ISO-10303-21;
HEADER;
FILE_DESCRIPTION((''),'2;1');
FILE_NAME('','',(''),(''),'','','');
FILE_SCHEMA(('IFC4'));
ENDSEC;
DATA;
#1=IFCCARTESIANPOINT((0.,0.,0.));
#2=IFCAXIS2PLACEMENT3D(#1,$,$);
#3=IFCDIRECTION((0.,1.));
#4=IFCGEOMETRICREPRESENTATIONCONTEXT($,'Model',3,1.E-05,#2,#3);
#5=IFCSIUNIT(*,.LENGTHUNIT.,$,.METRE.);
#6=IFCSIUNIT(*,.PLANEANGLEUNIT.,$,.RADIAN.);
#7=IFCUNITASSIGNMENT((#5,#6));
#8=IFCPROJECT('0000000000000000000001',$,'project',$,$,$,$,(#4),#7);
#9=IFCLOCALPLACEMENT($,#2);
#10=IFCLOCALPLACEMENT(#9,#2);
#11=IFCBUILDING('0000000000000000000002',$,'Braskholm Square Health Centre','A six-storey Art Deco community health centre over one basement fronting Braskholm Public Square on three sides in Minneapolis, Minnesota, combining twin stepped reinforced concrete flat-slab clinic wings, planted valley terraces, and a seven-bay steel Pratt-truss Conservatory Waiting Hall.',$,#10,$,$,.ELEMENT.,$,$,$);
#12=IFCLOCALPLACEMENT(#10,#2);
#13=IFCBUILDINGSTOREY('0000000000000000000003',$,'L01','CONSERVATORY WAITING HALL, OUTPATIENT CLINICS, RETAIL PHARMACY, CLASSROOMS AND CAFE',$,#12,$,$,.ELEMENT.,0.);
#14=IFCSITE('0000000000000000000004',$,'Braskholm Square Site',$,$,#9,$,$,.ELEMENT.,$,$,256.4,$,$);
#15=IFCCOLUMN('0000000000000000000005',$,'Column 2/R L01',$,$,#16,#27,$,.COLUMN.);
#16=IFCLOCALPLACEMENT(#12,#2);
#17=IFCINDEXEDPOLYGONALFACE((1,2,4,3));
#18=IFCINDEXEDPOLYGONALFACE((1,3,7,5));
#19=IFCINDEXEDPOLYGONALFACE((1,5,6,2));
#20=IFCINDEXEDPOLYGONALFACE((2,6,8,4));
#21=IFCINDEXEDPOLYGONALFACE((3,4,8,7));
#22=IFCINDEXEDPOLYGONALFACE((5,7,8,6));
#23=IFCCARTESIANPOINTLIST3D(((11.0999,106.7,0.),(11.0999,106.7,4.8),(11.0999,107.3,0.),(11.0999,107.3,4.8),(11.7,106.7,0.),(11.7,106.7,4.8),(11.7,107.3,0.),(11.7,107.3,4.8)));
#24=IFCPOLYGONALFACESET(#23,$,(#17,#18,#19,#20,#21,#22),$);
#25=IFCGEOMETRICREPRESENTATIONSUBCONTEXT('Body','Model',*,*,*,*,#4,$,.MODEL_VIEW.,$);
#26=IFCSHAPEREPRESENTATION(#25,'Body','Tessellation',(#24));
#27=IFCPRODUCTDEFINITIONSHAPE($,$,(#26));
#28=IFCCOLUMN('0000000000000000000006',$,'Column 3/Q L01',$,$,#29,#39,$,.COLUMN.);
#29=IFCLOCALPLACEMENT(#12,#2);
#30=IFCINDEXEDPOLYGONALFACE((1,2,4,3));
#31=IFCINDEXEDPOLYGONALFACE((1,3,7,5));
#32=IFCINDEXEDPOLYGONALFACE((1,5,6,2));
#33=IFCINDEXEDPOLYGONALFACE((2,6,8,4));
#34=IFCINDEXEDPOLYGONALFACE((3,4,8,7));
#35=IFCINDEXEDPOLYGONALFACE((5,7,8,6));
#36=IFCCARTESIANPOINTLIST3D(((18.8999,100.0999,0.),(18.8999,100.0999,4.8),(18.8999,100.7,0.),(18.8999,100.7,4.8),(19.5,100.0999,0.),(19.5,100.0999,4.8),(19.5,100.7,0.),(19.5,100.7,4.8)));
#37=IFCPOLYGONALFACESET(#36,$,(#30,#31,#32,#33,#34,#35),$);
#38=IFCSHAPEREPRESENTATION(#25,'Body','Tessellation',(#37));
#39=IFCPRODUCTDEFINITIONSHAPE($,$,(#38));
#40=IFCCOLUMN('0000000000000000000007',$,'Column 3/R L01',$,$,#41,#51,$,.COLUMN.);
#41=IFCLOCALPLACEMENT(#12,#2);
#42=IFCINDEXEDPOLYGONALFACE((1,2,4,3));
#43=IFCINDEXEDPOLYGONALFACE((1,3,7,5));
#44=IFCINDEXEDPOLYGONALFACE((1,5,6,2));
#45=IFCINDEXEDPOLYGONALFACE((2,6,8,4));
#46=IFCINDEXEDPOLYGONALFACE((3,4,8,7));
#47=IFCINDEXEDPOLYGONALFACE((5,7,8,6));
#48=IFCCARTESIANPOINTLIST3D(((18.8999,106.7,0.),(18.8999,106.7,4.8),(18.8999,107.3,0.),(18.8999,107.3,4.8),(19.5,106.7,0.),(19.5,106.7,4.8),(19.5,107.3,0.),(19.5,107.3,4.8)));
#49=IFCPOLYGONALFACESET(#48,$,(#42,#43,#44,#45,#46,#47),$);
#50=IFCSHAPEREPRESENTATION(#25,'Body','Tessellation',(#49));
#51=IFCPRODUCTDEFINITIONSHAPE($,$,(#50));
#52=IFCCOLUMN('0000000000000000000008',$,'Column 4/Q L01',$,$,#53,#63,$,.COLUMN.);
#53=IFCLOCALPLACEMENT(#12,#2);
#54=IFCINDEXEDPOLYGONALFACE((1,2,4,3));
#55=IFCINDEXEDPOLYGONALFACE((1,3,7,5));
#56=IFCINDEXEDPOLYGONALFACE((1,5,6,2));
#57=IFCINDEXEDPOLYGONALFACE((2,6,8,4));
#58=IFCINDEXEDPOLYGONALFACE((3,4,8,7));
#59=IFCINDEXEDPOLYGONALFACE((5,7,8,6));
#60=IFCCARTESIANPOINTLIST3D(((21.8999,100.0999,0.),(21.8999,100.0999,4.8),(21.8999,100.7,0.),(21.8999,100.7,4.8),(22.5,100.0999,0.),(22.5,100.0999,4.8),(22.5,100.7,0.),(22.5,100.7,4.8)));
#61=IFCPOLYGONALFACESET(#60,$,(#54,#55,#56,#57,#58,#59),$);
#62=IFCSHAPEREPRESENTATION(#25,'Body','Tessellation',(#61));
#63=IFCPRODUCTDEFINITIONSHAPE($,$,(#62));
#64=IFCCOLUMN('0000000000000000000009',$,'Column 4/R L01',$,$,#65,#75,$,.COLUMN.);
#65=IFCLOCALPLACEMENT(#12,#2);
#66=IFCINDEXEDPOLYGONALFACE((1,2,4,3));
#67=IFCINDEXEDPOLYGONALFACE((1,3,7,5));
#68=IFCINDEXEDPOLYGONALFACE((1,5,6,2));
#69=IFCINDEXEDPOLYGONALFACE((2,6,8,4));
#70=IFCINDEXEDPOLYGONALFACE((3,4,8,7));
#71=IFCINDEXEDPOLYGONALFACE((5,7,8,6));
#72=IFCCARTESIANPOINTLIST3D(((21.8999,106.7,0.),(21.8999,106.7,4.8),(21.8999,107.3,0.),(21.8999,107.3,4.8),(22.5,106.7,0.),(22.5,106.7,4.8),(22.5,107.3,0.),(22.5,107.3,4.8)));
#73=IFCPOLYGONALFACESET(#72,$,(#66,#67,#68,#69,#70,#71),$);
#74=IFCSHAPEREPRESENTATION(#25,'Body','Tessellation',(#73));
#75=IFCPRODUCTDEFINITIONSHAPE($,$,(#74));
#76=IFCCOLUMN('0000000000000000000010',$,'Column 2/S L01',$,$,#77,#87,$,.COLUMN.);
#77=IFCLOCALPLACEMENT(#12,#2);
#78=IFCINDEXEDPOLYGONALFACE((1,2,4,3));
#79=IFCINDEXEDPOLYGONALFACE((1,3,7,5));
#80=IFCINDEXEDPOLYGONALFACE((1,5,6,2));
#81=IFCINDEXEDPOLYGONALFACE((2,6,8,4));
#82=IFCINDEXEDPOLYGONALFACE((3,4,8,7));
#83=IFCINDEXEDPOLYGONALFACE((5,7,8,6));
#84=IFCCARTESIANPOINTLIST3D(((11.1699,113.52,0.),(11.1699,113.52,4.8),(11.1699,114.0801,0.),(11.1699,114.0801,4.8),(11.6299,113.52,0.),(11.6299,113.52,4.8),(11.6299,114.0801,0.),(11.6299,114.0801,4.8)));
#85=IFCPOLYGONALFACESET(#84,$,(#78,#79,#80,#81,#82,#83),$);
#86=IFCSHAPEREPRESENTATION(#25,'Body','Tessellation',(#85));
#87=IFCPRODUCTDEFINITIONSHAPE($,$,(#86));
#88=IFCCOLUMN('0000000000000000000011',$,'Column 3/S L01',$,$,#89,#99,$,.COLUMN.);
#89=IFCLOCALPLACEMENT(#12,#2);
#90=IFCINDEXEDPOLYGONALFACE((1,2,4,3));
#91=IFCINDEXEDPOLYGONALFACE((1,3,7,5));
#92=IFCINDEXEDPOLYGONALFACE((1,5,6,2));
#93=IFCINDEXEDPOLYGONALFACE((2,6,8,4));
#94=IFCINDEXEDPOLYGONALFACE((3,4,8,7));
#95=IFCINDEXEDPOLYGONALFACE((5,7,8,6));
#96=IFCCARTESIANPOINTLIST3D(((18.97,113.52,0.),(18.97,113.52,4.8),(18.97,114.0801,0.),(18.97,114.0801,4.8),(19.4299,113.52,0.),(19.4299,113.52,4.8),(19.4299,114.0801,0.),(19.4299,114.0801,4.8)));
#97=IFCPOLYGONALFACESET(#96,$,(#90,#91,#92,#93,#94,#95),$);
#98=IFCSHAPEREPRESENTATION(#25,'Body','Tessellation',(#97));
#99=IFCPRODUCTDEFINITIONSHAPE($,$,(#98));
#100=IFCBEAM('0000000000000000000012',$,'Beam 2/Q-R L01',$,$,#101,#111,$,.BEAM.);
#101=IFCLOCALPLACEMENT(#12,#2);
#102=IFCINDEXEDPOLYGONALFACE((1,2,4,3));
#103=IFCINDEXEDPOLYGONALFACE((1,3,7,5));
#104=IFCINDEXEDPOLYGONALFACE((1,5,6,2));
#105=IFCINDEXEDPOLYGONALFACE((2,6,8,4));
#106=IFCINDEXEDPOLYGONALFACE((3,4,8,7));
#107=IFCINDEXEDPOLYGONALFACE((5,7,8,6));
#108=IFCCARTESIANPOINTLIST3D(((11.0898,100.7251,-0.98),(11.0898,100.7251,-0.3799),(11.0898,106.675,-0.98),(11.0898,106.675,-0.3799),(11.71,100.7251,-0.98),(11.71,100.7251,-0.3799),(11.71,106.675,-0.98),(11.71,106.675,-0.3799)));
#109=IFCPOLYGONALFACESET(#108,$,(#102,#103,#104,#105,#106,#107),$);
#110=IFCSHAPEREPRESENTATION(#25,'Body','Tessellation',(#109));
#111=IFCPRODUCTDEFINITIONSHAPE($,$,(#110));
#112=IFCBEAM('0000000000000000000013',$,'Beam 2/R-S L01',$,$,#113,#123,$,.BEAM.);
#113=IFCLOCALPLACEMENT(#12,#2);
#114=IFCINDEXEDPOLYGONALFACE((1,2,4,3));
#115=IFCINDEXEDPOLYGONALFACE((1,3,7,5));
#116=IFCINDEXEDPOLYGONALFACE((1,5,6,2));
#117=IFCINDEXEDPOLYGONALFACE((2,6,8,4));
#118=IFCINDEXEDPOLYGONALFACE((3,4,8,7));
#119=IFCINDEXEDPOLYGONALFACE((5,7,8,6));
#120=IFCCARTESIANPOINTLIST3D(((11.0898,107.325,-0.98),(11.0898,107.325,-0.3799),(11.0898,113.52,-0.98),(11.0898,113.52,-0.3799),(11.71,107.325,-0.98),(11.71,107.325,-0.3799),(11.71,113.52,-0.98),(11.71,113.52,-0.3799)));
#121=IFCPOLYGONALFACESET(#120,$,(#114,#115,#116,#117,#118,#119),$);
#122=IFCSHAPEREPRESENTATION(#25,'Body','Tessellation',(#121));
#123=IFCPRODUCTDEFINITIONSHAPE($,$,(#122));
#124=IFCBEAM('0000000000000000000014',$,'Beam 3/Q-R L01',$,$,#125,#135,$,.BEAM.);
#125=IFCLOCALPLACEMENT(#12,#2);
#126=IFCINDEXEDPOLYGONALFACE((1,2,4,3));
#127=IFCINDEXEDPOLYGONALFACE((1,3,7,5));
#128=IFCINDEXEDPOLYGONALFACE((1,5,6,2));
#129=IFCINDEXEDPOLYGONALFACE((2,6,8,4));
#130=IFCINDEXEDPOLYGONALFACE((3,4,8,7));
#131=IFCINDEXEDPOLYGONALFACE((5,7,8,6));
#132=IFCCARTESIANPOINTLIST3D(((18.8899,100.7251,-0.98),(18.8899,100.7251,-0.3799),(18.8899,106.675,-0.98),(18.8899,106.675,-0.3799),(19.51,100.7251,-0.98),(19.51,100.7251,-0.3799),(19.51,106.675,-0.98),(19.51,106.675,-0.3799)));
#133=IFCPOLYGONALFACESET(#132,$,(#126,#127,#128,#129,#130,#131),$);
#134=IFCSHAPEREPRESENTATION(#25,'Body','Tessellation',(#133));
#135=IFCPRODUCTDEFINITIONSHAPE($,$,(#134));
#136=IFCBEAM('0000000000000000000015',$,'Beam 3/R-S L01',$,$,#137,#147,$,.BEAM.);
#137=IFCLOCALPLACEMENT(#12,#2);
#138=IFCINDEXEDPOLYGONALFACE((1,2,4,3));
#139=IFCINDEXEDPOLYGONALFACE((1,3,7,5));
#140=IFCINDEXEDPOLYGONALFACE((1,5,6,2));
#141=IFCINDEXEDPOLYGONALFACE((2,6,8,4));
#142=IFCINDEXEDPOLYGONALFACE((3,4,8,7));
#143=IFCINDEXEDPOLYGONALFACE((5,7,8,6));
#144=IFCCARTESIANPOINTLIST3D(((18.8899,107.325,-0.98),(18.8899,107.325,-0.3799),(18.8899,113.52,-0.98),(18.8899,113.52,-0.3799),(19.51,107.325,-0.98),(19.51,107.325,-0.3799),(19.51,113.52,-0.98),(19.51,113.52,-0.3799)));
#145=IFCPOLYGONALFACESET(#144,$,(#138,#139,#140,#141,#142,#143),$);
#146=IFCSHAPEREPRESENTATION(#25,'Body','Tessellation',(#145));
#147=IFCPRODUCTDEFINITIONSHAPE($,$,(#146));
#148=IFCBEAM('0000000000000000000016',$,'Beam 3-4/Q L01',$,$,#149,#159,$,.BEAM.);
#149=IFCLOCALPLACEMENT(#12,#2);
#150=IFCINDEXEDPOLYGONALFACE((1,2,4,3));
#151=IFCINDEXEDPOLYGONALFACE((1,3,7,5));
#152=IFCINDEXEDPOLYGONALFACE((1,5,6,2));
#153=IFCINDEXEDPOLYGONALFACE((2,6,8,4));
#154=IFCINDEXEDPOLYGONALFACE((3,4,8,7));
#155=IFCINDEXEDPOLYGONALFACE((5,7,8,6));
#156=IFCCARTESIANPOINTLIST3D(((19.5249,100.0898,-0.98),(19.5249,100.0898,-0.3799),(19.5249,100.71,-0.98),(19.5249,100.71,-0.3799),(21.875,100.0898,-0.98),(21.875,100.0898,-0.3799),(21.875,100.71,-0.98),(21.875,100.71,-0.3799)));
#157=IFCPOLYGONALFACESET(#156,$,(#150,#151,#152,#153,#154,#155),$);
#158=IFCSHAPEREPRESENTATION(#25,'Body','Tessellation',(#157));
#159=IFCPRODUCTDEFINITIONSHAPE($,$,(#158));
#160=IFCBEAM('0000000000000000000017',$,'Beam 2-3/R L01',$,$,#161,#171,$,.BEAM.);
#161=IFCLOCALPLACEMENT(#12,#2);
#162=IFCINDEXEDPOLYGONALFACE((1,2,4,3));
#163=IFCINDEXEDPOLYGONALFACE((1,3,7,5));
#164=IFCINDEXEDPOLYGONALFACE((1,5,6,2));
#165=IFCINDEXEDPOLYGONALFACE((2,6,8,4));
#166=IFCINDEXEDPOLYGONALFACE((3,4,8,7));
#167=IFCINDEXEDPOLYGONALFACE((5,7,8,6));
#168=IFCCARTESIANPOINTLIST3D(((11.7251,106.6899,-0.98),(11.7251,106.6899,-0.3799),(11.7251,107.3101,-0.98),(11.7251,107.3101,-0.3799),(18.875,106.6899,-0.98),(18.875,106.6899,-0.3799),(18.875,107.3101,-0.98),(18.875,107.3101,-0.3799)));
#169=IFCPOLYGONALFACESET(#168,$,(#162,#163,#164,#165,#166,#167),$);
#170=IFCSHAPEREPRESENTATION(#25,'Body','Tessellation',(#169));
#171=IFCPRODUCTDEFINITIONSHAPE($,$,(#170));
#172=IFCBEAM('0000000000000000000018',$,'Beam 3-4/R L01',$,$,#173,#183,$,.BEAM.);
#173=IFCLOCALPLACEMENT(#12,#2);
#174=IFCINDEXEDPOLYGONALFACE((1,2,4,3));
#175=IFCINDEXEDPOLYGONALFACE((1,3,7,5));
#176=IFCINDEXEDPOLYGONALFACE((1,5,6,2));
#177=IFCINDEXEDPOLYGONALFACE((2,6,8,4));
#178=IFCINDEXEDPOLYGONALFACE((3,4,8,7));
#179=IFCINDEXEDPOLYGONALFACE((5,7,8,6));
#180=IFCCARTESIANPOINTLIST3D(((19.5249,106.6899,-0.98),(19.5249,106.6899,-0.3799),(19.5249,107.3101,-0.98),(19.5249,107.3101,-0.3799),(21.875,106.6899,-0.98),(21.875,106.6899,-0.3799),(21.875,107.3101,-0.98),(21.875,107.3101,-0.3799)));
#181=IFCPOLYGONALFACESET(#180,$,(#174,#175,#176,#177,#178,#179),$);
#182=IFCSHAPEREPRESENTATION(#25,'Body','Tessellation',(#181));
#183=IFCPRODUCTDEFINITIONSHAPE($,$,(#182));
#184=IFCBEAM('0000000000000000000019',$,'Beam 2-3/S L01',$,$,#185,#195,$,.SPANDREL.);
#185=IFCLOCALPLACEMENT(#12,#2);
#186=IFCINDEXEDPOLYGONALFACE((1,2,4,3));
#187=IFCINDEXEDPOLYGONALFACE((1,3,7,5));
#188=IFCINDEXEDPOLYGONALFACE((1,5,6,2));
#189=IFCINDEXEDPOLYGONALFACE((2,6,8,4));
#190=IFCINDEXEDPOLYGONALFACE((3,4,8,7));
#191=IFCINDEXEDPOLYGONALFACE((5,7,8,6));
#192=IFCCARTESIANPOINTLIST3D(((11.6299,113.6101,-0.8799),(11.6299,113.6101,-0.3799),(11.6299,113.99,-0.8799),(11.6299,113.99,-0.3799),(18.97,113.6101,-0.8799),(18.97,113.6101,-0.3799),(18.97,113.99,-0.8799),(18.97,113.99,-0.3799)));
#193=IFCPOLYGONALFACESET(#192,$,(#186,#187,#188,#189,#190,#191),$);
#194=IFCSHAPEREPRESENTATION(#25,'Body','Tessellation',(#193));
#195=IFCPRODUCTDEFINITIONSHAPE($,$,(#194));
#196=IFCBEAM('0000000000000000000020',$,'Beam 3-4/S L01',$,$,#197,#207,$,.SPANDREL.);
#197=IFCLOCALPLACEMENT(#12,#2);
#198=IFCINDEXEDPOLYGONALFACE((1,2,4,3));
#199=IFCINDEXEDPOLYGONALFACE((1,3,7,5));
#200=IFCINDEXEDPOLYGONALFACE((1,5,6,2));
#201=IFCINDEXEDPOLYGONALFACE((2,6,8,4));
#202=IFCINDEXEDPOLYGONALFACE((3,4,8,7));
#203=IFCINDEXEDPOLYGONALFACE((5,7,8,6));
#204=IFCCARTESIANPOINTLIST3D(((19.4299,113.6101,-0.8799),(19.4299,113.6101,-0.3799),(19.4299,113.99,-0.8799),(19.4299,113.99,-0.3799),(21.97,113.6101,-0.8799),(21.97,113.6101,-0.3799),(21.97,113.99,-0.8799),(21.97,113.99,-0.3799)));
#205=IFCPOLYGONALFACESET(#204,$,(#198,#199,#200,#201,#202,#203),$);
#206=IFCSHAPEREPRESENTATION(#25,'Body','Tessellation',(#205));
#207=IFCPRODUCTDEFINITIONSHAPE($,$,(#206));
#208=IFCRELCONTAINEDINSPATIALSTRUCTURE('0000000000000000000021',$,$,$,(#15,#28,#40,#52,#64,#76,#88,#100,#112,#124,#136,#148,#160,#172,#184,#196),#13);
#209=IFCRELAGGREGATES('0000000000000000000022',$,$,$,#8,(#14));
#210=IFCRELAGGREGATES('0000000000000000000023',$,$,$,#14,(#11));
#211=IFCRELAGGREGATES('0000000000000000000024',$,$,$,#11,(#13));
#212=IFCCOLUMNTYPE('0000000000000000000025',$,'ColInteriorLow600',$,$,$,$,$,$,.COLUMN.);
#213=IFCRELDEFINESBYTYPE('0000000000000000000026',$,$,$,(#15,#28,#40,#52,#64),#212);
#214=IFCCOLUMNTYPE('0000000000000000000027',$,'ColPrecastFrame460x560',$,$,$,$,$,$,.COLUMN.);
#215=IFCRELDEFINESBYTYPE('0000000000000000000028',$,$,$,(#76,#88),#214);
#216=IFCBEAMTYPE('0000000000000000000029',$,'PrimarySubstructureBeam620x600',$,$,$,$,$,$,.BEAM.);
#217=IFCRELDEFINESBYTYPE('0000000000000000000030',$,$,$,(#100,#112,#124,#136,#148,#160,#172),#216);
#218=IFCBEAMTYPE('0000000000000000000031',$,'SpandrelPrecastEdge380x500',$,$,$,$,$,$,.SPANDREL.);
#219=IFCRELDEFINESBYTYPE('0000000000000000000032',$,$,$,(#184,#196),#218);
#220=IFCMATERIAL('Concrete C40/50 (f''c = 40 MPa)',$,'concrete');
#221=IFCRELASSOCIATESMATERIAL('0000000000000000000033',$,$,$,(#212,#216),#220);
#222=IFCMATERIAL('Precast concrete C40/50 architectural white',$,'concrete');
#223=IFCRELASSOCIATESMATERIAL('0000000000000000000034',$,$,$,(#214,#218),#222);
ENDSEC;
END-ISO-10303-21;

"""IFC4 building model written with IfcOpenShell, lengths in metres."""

from ifc_helpers import new_model, si_unit, direction, frame, origin, origin_2d, place, context, subcontext, project, spatial, rectangle, extrude, material, material_profile, profile_set, type_object, element, save


model = new_model("IFC4")

# Units and contexts
model_context = context("Model", 3, precision=1e-05, world=origin(), true_north=direction((0.0, 1.0)))
body_context = subcontext(model_context, "Body", "Model", "MODEL_VIEW")
ifc_project = project(units=[si_unit("LENGTHUNIT", "METRE"), si_unit("PLANEANGLEUNIT", "RADIAN")], contexts=[model_context])

# Site, building, storey
site_placement = place(None, origin())
site = spatial("IfcSite", under=ifc_project, at=site_placement, Name="Braskholm Square Site", CompositionType="ELEMENT", RefElevation=256.4)
building_placement = place(site_placement, origin())
building = spatial("IfcBuilding", under=site, at=building_placement, Name="Braskholm Square Health Centre", Description="A six-storey Art Deco community health centre over one basement fronting Braskholm Public Square on three sides in Minneapolis, Minnesota, combining twin stepped reinforced concrete flat-slab clinic wings, planted valley terraces, and a seven-bay steel Pratt-truss Conservatory Waiting Hall.", CompositionType="ELEMENT")
storey_placement = place(building_placement, origin())
storey = spatial("IfcBuildingStorey", under=building, at=storey_placement, Name="L01", Description="CONSERVATORY WAITING HALL, OUTPATIENT CLINICS, RETAIL PHARMACY, CLASSROOMS AND CAFE", CompositionType="ELEMENT", Elevation=0.0)

# Columns
ifc_material_1 = material(Name="Concrete C40/50 (f'c = 40 MPa)", Category="concrete")
ifc_material_profile_1 = material_profile(ifc_material_1, rectangle(XDim=0.6001, YDim=0.6001, at=origin_2d()), Name="RC-600X600")
ifc_profile_set_1 = profile_set([ifc_material_profile_1], Name="Concrete C40/50 (f'c = 40 MPa)")
column_type_1 = type_object("IfcColumnType", Name="ColInteriorLow600", PredefinedType="COLUMN", material=ifc_profile_set_1)
for number, where, z_axis, x_axis, name in (
    (1, (11.3999, 107.0, 0.0), (0.0, 0.0, 1.0), (1.0, 0.0, 0.0), "Column 2/R L01"),
    (2, (19.2, 100.3999, 0.0), (0.0, 0.0, 1.0), (1.0, 0.0, 0.0), "Column 3/Q L01"),
    (3, (19.2, 107.0, 0.0), (0.0, 0.0, 1.0), (1.0, 0.0, 0.0), "Column 3/R L01"),
    (4, (22.2, 100.3999, 0.0), (0.0, 0.0, 1.0), (1.0, 0.0, 0.0), "Column 4/Q L01"),
    (5, (22.2, 107.0, 0.0), (0.0, 0.0, 1.0), (1.0, 0.0, 0.0), "Column 4/R L01"),
):
    element("IfcColumn", number, at=place(storey_placement, frame(where, z_axis=z_axis, x_axis=x_axis)), inside=storey, type_object=column_type_1, Name=name, PredefinedType="COLUMN", context=body_context, shape_type="SweptSolid", body=[
        extrude(rectangle(XDim=0.6001, YDim=0.6001, at=origin_2d()), origin(), (0.0, 0.0, 1.0), 4.8),
    ])
ifc_material_2 = material(Name="Precast concrete C40/50 architectural white", Category="concrete")
ifc_material_profile_2 = material_profile(ifc_material_2, rectangle(XDim=0.46, YDim=0.5601, at=origin_2d()), Name="RC-460X560")
ifc_profile_set_2 = profile_set([ifc_material_profile_2], Name="Precast concrete C40/50 architectural white")
column_type_2 = type_object("IfcColumnType", Name="ColPrecastFrame460x560", PredefinedType="COLUMN", material=ifc_profile_set_2)
for number, where, z_axis, x_axis, name in (
    (6, (11.3999, 113.8, 0.0), (0.0, 0.0, 1.0), (1.0, 0.0, 0.0), "Column 2/S L01"),
    (7, (19.2, 113.8, 0.0), (0.0, 0.0, 1.0), (1.0, 0.0, 0.0), "Column 3/S L01"),
):
    element("IfcColumn", number, at=place(storey_placement, frame(where, z_axis=z_axis, x_axis=x_axis)), inside=storey, type_object=column_type_2, Name=name, PredefinedType="COLUMN", context=body_context, shape_type="SweptSolid", body=[
        extrude(rectangle(XDim=0.46, YDim=0.5601, at=origin_2d()), origin(), (0.0, 0.0, 1.0), 4.8),
    ])

# Beams
ifc_material_profile_3 = material_profile(ifc_material_1, rectangle(XDim=0.6201, YDim=0.6001, at=origin_2d()), Name="RCB-620X600")
ifc_profile_set_3 = profile_set([ifc_material_profile_3], Name="Concrete C40/50 (f'c = 40 MPa)")
beam_type_1 = type_object("IfcBeamType", Name="PrimarySubstructureBeam620x600", PredefinedType="BEAM", material=ifc_profile_set_3)
beam_1_placement = place(storey_placement, frame((11.3999, 100.7251, -0.6799), z_axis=(0.0, 1.0, 0.0), x_axis=(-1.0, 0.0, 0.0)))
element("IfcBeam", 8, at=beam_1_placement, inside=storey, type_object=beam_type_1, Name="Beam 2/Q-R L01", PredefinedType="BEAM", context=body_context, shape_type="SweptSolid", body=[
    extrude(rectangle(XDim=0.6201, YDim=0.6001, at=origin_2d()), origin(), (0.0, 0.0, 1.0), 5.95),
])
beam_2_placement = place(storey_placement, frame((11.3999, 107.325, -0.6799), z_axis=(0.0, 1.0, 0.0), x_axis=(-1.0, 0.0, 0.0)))
element("IfcBeam", 9, at=beam_2_placement, inside=storey, type_object=beam_type_1, Name="Beam 2/R-S L01", PredefinedType="BEAM", context=body_context, shape_type="SweptSolid", body=[
    extrude(rectangle(XDim=0.6201, YDim=0.6001, at=origin_2d()), origin(), (0.0, 0.0, 1.0), 6.1951),
])
beam_3_placement = place(storey_placement, frame((19.2, 100.7251, -0.6799), z_axis=(0.0, 1.0, 0.0), x_axis=(-1.0, 0.0, 0.0)))
element("IfcBeam", 10, at=beam_3_placement, inside=storey, type_object=beam_type_1, Name="Beam 3/Q-R L01", PredefinedType="BEAM", context=body_context, shape_type="SweptSolid", body=[
    extrude(rectangle(XDim=0.6201, YDim=0.6001, at=origin_2d()), origin(), (0.0, 0.0, 1.0), 5.95),
])
beam_4_placement = place(storey_placement, frame((19.2, 107.325, -0.6799), z_axis=(0.0, 1.0, 0.0), x_axis=(-1.0, 0.0, 0.0)))
element("IfcBeam", 11, at=beam_4_placement, inside=storey, type_object=beam_type_1, Name="Beam 3/R-S L01", PredefinedType="BEAM", context=body_context, shape_type="SweptSolid", body=[
    extrude(rectangle(XDim=0.6201, YDim=0.6001, at=origin_2d()), origin(), (0.0, 0.0, 1.0), 6.1951),
])
beam_5_placement = place(storey_placement, frame((19.5249, 100.3999, -0.6799), z_axis=(1.0, 0.0, 0.0), x_axis=(0.0, 1.0, 0.0)))
element("IfcBeam", 12, at=beam_5_placement, inside=storey, type_object=beam_type_1, Name="Beam 3-4/Q L01", PredefinedType="BEAM", context=body_context, shape_type="SweptSolid", body=[
    extrude(rectangle(XDim=0.6201, YDim=0.6001, at=origin_2d()), origin(), (0.0, 0.0, 1.0), 2.3501),
])
beam_6_placement = place(storey_placement, frame((11.7251, 107.0, -0.6799), z_axis=(1.0, 0.0, 0.0), x_axis=(0.0, 1.0, 0.0)))
element("IfcBeam", 13, at=beam_6_placement, inside=storey, type_object=beam_type_1, Name="Beam 2-3/R L01", PredefinedType="BEAM", context=body_context, shape_type="SweptSolid", body=[
    extrude(rectangle(XDim=0.6201, YDim=0.6001, at=origin_2d()), origin(), (0.0, 0.0, 1.0), 7.1499),
])
beam_7_placement = place(storey_placement, frame((19.5249, 107.0, -0.6799), z_axis=(1.0, 0.0, 0.0), x_axis=(0.0, 1.0, 0.0)))
element("IfcBeam", 14, at=beam_7_placement, inside=storey, type_object=beam_type_1, Name="Beam 3-4/R L01", PredefinedType="BEAM", context=body_context, shape_type="SweptSolid", body=[
    extrude(rectangle(XDim=0.6201, YDim=0.6001, at=origin_2d()), origin(), (0.0, 0.0, 1.0), 2.3501),
])
ifc_material_profile_4 = material_profile(ifc_material_2, rectangle(XDim=0.3799, YDim=0.5, at=origin_2d()), Name="RCB-380X500")
ifc_profile_set_4 = profile_set([ifc_material_profile_4], Name="Precast concrete C40/50 architectural white")
beam_type_2 = type_object("IfcBeamType", Name="SpandrelPrecastEdge380x500", PredefinedType="SPANDREL", material=ifc_profile_set_4)
beam_8_placement = place(storey_placement, frame((11.6299, 113.8, -0.6299), z_axis=(1.0, 0.0, 0.0), x_axis=(0.0, 1.0, 0.0)))
element("IfcBeam", 15, at=beam_8_placement, inside=storey, type_object=beam_type_2, Name="Beam 2-3/S L01", PredefinedType="SPANDREL", context=body_context, shape_type="SweptSolid", body=[
    extrude(rectangle(XDim=0.3799, YDim=0.5, at=origin_2d()), origin(), (0.0, 0.0, 1.0), 7.3401),
])
beam_9_placement = place(storey_placement, frame((19.4299, 113.8, -0.6299), z_axis=(1.0, 0.0, 0.0), x_axis=(0.0, 1.0, 0.0)))
element("IfcBeam", 16, at=beam_9_placement, inside=storey, type_object=beam_type_2, Name="Beam 3-4/S L01", PredefinedType="SPANDREL", context=body_context, shape_type="SweptSolid", body=[
    extrude(rectangle(XDim=0.3799, YDim=0.5, at=origin_2d()), origin(), (0.0, 0.0, 1.0), 2.54),
])

save(model, "model.ifc")
